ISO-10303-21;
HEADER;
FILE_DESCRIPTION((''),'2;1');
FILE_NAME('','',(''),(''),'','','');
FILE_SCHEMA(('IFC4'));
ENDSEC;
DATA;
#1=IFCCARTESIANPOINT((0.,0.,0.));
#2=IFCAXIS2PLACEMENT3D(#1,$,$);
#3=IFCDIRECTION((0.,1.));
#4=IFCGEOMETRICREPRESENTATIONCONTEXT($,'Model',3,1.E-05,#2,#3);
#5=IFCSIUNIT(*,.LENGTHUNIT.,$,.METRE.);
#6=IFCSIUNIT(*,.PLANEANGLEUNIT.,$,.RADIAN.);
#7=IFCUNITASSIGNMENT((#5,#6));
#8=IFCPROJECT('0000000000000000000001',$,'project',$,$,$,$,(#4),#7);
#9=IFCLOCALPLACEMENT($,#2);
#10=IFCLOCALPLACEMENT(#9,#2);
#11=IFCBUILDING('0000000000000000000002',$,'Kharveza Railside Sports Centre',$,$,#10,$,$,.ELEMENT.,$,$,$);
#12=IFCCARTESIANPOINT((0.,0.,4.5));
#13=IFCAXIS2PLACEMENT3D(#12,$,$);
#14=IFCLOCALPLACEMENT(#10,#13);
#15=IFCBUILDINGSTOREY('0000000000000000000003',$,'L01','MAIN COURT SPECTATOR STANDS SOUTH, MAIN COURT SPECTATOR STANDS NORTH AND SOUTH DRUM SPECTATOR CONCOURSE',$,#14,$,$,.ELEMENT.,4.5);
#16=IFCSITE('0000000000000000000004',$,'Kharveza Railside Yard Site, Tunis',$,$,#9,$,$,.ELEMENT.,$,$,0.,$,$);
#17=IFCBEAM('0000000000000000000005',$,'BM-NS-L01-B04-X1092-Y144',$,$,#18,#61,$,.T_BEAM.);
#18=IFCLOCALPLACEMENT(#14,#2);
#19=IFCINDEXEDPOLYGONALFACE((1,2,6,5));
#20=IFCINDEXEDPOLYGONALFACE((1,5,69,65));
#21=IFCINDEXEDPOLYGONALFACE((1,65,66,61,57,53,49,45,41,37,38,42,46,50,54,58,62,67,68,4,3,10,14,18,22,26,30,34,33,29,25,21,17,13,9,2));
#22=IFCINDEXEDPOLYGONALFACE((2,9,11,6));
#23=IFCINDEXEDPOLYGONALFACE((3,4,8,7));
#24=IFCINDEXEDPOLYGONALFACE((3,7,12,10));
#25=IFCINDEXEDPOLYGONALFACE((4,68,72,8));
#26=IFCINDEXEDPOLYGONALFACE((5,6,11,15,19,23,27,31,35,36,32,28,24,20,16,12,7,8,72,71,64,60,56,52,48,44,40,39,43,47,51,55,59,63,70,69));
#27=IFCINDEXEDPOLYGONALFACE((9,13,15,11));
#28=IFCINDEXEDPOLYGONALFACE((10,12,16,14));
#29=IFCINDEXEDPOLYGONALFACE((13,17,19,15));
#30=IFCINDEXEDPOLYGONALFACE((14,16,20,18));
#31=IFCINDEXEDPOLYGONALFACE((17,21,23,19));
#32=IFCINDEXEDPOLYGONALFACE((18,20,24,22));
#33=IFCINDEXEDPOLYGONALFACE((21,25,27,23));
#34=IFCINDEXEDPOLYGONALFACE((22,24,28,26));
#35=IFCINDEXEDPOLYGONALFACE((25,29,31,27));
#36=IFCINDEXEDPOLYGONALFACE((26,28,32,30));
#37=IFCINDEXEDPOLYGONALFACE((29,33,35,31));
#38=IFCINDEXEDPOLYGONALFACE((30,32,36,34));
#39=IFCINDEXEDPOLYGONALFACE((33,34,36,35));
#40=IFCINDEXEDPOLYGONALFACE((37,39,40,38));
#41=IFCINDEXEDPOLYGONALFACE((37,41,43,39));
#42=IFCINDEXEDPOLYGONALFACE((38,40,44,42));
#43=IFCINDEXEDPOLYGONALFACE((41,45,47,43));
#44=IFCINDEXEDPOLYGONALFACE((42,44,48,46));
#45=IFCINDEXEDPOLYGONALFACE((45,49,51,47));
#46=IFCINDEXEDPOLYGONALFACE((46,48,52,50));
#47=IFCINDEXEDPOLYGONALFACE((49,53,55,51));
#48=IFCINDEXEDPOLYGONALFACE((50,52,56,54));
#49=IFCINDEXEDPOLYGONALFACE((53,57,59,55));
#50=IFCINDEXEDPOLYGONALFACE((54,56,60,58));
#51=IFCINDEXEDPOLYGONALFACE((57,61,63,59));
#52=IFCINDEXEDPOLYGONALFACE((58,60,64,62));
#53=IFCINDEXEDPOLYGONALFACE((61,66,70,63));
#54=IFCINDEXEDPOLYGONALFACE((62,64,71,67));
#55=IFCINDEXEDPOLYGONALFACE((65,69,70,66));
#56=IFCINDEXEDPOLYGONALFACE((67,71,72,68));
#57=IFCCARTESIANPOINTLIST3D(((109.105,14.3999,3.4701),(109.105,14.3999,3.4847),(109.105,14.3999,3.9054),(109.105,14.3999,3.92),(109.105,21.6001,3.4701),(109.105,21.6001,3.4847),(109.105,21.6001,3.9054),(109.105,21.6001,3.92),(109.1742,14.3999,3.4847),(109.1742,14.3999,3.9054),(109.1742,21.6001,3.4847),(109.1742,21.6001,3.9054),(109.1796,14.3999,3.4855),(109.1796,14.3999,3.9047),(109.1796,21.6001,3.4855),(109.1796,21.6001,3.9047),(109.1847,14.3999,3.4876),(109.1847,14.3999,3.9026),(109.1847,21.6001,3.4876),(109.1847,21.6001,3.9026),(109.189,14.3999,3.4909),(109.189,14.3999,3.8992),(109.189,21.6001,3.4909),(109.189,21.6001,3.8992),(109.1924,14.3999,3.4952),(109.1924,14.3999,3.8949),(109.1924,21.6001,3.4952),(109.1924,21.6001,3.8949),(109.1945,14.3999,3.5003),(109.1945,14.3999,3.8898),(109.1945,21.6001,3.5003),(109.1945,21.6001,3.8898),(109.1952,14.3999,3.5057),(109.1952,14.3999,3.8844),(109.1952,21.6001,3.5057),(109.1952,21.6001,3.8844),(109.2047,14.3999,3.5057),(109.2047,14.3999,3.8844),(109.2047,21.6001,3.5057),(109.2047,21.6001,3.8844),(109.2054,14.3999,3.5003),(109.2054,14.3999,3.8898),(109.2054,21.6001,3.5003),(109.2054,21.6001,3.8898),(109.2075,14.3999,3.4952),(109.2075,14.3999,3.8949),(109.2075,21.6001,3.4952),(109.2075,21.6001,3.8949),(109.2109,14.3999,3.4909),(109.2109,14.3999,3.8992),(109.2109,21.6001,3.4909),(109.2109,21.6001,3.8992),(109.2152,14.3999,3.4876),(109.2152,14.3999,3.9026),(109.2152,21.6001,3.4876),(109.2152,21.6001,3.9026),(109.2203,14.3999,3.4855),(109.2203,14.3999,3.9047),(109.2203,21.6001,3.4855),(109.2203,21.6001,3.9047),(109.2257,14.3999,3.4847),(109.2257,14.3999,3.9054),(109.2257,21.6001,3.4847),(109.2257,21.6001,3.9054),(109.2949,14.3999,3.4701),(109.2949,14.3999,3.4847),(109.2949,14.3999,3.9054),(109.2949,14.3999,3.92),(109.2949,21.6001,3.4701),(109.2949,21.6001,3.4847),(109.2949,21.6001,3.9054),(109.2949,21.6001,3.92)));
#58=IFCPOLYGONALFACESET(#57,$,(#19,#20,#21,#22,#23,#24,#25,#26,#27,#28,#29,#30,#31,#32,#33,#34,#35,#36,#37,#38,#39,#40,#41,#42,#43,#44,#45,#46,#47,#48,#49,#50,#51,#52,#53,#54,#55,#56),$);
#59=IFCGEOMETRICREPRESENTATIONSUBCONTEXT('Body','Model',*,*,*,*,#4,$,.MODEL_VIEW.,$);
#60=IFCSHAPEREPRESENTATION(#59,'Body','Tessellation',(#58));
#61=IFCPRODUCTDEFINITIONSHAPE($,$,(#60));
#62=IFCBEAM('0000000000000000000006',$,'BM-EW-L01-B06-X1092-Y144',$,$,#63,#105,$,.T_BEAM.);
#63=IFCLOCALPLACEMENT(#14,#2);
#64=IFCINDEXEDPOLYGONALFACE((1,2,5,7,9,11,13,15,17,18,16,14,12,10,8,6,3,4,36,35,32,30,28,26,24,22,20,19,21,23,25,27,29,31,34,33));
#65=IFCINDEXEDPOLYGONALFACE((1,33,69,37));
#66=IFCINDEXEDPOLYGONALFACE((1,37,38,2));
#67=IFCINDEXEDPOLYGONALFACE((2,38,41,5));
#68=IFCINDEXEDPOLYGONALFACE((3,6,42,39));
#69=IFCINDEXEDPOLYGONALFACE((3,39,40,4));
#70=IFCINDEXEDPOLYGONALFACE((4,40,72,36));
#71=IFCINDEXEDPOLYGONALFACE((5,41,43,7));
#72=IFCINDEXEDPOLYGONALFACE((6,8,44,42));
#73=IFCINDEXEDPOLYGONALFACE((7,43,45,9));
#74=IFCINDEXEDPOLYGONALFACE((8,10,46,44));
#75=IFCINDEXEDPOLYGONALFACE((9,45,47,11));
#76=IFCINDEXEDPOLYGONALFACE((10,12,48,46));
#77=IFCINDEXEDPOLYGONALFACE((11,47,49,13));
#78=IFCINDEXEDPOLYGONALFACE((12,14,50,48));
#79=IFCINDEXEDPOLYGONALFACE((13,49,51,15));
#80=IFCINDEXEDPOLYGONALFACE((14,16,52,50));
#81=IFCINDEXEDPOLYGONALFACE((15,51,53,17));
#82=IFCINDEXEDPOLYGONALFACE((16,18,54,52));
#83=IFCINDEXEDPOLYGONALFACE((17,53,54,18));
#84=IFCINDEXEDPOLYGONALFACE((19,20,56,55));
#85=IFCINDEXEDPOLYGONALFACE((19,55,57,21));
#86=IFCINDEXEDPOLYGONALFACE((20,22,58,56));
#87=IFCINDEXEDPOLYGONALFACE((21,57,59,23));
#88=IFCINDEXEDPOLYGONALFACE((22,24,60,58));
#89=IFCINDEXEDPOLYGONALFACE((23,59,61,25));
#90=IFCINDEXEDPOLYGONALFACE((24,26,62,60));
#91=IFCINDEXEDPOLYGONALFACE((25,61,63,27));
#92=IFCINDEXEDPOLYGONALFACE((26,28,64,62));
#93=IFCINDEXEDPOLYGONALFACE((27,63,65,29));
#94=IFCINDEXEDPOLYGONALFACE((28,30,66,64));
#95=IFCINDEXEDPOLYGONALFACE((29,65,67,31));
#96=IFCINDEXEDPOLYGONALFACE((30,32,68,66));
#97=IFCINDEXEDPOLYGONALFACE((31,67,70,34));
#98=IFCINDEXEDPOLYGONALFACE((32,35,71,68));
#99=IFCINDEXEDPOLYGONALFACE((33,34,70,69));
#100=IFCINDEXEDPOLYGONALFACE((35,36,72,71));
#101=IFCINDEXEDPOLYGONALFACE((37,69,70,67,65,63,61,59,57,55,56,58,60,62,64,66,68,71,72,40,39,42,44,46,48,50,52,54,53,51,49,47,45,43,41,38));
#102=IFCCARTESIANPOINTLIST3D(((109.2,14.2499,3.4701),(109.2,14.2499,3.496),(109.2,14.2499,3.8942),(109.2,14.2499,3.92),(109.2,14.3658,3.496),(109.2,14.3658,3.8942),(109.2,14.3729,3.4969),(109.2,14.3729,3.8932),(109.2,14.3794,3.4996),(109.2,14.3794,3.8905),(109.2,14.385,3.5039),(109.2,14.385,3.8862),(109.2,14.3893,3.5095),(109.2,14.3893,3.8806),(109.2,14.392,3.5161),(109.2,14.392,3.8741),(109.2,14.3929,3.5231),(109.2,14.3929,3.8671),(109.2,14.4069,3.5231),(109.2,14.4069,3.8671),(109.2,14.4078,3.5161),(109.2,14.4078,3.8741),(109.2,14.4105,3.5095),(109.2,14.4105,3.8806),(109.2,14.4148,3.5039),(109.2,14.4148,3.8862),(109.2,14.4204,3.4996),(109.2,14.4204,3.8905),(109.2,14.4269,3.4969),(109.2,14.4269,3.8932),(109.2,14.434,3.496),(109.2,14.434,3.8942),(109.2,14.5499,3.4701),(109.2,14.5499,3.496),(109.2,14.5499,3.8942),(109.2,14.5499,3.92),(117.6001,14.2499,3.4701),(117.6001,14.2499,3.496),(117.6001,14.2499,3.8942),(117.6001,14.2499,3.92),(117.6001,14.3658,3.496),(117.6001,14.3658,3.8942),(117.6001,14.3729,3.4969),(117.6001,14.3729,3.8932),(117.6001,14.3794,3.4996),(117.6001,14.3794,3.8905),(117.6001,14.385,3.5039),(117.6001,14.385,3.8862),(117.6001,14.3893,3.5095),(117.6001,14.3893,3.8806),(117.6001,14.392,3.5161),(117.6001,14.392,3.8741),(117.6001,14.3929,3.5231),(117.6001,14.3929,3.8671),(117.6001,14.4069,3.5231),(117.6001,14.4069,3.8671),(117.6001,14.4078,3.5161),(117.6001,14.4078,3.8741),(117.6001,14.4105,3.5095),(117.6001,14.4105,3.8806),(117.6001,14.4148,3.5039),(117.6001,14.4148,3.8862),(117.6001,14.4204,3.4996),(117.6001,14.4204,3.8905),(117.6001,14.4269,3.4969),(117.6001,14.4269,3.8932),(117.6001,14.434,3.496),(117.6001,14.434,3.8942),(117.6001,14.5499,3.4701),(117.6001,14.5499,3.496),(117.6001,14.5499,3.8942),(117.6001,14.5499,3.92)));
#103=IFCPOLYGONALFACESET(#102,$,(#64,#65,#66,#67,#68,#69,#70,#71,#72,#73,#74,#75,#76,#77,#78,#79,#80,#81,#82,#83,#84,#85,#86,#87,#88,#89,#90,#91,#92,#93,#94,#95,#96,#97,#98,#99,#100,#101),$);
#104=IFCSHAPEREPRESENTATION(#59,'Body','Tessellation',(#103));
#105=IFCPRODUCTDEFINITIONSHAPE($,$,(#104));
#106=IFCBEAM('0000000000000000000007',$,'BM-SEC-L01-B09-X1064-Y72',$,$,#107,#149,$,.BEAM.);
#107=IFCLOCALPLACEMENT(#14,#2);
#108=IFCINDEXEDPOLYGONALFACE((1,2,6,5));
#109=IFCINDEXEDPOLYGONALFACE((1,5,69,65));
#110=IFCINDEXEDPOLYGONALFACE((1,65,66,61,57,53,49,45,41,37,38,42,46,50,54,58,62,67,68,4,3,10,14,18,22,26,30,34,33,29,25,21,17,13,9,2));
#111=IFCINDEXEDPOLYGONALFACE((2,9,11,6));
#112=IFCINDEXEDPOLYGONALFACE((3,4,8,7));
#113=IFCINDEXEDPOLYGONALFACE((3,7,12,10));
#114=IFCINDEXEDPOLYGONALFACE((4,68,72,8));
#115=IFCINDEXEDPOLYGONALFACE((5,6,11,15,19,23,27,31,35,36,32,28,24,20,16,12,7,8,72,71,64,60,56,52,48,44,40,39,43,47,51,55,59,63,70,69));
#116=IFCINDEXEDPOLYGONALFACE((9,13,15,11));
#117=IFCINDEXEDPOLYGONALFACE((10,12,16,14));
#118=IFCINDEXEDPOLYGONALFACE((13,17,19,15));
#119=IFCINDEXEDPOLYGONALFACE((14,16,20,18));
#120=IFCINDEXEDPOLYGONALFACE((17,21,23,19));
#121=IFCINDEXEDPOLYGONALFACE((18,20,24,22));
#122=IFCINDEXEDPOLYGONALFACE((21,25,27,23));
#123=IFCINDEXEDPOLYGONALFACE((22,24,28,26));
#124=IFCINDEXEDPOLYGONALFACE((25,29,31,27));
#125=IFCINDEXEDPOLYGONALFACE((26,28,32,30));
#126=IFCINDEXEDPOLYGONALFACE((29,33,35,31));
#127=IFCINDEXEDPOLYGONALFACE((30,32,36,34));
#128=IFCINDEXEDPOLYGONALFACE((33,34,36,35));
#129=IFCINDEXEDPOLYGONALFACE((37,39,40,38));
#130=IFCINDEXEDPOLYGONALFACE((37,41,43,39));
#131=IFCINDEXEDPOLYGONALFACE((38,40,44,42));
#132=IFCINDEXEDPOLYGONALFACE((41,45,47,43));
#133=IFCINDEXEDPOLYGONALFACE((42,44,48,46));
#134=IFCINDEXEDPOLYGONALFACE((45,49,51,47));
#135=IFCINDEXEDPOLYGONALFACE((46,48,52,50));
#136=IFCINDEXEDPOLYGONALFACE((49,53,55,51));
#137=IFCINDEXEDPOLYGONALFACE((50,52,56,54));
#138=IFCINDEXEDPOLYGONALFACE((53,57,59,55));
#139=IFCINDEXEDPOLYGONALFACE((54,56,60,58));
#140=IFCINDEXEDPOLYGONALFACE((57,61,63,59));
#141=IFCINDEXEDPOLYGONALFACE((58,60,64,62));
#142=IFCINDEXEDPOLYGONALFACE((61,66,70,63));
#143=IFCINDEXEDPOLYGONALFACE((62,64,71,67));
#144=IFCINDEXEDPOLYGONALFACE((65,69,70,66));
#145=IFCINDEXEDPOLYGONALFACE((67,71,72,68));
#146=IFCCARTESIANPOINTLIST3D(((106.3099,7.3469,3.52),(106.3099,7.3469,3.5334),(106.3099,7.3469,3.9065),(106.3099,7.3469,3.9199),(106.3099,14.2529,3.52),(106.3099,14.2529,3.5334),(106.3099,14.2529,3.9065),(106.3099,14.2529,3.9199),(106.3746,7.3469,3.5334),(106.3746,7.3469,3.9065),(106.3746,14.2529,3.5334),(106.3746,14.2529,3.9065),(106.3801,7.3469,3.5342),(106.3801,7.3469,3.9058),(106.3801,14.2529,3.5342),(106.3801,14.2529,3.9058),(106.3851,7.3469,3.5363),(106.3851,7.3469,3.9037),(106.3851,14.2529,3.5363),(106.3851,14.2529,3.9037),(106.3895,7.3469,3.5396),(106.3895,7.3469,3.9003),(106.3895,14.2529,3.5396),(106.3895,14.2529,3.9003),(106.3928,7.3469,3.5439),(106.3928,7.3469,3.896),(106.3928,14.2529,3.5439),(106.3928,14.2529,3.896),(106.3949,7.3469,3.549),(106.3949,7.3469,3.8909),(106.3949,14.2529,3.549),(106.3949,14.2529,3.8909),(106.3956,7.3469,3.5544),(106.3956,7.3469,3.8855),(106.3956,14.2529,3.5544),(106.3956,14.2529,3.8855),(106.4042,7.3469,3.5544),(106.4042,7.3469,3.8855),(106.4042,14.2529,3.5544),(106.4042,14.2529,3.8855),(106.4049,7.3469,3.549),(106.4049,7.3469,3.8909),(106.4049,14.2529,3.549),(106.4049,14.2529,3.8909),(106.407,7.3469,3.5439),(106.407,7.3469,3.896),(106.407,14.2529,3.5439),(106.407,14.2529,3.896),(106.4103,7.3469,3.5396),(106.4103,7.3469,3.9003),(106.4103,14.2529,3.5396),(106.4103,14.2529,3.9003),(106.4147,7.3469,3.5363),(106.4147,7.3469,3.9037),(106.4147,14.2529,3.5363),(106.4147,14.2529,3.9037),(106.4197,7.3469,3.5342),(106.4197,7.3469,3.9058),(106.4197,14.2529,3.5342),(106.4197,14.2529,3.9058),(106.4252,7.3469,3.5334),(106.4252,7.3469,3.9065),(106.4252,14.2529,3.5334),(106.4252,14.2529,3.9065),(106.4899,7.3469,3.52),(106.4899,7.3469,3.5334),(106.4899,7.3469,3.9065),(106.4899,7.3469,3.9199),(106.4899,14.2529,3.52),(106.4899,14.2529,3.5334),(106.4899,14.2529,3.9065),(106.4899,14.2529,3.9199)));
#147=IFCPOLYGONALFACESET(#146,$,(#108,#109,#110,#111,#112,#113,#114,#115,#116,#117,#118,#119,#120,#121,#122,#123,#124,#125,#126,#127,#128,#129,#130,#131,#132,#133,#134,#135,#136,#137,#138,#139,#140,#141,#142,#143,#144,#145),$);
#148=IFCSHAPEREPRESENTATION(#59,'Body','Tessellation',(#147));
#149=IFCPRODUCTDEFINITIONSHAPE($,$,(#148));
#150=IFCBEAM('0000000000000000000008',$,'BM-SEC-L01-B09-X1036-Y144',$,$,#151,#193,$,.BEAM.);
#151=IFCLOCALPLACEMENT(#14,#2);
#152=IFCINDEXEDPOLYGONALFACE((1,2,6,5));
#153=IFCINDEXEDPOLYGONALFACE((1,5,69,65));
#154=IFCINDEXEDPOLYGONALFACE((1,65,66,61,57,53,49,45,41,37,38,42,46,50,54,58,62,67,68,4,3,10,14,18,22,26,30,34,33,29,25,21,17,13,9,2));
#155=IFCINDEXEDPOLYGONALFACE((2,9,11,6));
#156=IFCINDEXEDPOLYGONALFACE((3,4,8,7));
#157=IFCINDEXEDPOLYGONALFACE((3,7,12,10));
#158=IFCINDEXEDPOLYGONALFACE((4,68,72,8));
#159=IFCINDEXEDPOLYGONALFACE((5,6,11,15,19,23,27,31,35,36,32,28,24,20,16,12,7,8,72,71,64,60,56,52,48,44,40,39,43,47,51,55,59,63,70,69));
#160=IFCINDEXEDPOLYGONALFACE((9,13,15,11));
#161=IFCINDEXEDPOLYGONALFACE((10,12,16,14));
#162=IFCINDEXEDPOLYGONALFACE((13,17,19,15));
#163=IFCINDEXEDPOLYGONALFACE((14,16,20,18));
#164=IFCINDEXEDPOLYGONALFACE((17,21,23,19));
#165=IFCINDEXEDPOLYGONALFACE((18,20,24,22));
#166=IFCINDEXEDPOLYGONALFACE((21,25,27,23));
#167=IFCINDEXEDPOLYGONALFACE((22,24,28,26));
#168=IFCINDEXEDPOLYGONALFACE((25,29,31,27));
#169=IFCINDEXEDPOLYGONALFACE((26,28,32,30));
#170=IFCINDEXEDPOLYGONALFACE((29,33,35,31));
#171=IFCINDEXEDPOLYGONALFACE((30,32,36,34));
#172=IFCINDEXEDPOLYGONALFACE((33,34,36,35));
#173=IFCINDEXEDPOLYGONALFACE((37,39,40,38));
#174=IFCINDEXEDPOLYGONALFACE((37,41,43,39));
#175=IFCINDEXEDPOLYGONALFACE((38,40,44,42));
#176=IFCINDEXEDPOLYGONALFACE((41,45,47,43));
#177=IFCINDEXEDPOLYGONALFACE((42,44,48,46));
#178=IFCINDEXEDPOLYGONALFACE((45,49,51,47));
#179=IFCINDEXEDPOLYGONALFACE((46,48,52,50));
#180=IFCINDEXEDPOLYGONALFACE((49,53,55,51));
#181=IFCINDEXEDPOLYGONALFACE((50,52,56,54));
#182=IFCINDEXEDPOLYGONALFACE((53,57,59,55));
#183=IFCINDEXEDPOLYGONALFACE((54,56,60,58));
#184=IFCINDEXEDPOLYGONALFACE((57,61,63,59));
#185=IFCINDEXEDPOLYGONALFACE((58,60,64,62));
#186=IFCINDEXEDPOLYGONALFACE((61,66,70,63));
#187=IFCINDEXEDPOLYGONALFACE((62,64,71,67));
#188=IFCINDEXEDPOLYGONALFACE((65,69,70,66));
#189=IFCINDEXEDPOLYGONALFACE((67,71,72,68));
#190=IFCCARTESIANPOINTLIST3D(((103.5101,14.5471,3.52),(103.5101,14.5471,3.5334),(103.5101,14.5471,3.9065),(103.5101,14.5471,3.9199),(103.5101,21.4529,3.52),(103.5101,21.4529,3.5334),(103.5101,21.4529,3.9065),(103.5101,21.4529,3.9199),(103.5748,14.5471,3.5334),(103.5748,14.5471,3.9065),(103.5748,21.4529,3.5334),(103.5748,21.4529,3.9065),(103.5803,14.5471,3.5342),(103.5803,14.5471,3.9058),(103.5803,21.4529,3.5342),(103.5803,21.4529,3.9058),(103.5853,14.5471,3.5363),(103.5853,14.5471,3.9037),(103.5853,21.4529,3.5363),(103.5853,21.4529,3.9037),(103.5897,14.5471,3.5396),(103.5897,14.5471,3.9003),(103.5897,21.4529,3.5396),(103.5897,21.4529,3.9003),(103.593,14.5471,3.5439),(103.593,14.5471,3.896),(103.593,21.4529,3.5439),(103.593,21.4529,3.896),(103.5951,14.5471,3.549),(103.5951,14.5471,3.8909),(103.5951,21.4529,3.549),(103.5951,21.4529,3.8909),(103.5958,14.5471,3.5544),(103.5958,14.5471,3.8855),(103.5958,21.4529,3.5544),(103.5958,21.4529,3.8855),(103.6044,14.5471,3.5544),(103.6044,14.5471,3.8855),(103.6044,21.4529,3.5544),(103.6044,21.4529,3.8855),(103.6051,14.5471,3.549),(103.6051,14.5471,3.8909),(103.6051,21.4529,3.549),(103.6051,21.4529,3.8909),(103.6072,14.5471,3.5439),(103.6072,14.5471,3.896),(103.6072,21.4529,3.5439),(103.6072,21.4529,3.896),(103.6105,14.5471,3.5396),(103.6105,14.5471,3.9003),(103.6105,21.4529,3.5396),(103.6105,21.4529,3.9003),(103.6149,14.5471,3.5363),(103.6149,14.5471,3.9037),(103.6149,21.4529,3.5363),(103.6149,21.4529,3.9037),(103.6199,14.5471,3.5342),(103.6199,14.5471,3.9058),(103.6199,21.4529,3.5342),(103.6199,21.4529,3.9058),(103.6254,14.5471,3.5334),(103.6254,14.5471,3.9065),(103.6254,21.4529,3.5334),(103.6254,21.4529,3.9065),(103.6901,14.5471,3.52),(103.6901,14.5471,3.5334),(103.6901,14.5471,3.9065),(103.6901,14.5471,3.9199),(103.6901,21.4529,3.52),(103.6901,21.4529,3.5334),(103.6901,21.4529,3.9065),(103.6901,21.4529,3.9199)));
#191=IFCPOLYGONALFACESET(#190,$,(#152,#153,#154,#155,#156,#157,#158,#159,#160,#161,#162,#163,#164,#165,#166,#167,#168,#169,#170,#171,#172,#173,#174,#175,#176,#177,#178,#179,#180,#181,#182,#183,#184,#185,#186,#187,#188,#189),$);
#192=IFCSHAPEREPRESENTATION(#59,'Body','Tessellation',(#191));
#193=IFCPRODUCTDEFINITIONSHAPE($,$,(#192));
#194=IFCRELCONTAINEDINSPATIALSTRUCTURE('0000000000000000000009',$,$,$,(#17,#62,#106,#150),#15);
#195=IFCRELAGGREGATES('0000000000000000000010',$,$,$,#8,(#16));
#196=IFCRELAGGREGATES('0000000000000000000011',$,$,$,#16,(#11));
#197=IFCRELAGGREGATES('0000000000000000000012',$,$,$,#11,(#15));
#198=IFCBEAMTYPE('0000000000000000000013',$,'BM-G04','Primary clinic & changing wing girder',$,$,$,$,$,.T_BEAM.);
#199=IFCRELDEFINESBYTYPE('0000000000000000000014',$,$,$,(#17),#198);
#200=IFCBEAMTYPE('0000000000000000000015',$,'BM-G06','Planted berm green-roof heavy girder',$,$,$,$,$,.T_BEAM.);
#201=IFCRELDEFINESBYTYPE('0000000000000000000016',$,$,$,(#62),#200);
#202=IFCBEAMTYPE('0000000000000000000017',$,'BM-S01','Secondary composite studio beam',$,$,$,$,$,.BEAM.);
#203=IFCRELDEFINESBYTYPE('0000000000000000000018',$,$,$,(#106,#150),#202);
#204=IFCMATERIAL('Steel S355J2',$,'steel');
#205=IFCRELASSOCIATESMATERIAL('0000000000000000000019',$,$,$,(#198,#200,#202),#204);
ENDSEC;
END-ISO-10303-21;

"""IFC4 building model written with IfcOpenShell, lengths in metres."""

from ifc_helpers import new_model, si_unit, direction, frame, origin, origin_2d, place, context, subcontext, project, spatial, i_section, extrude, material, material_profile, profile_set, type_object, element, save


model = new_model("IFC4")

# Units and contexts
model_context = context("Model", 3, precision=1e-05, world=origin(), true_north=direction((0.0, 1.0)))
body_context = subcontext(model_context, "Body", "Model", "MODEL_VIEW")
ifc_project = project(units=[si_unit("LENGTHUNIT", "METRE"), si_unit("PLANEANGLEUNIT", "RADIAN")], contexts=[model_context])

# Site, building, storey
site_placement = place(None, origin())
site = spatial("IfcSite", under=ifc_project, at=site_placement, Name="Kharveza Railside Yard Site, Tunis", CompositionType="ELEMENT", RefElevation=0.0)
building_placement = place(site_placement, origin())
building = spatial("IfcBuilding", under=site, at=building_placement, Name="Kharveza Railside Sports Centre", CompositionType="ELEMENT")
storey_placement = place(building_placement, frame((0.0, 0.0, 4.5)))
storey = spatial("IfcBuildingStorey", under=building, at=storey_placement, Name="L01", Description="MAIN COURT SPECTATOR STANDS SOUTH, MAIN COURT SPECTATOR STANDS NORTH AND SOUTH DRUM SPECTATOR CONCOURSE", CompositionType="ELEMENT", Elevation=4.5)

# Shared definitions
ifc_material_1 = material(Name="Steel S355J2", Category="steel")

# Beams
ifc_material_profile_1 = material_profile(ifc_material_1, i_section(OverallWidth=0.1899, OverallDepth=0.45, WebThickness=0.0095, FlangeThickness=0.0146, FilletRadius=0.021, at=origin_2d()), Name="IPE 450")
ifc_profile_set_1 = profile_set([ifc_material_profile_1], Name="Steel S355J2")
beam_type_1 = type_object("IfcBeamType", Name="BM-G04", Description="Primary clinic & changing wing girder", PredefinedType="T_BEAM", material=ifc_profile_set_1)
beam_1_placement = place(storey_placement, frame((109.2, 14.3999, 3.6951), z_axis=(0.0, 1.0, 0.0), x_axis=(-1.0, 0.0, 0.0)))
element("IfcBeam", 1, at=beam_1_placement, inside=storey, type_object=beam_type_1, Name="BM-NS-L01-B04-X1092-Y144", PredefinedType="T_BEAM", context=body_context, shape_type="SweptSolid", body=[
    extrude(i_section(OverallWidth=0.1899, OverallDepth=0.45, WebThickness=0.0095, FlangeThickness=0.0146, FilletRadius=0.021, at=origin_2d()), origin(), (0.0, 0.0, 1.0), 7.2002),
])
ifc_material_profile_2 = material_profile(ifc_material_1, i_section(OverallWidth=0.3, OverallDepth=0.45, WebThickness=0.0139, FlangeThickness=0.0259, FilletRadius=0.0271, at=origin_2d()), Name="HEB 450")
ifc_profile_set_2 = profile_set([ifc_material_profile_2], Name="Steel S355J2")
beam_type_2 = type_object("IfcBeamType", Name="BM-G06", Description="Planted berm green-roof heavy girder", PredefinedType="T_BEAM", material=ifc_profile_set_2)
beam_2_placement = place(storey_placement, frame((109.2, 14.3999, 3.6951), z_axis=(1.0, 0.0, 0.0), x_axis=(0.0, 1.0, 0.0)))
element("IfcBeam", 2, at=beam_2_placement, inside=storey, type_object=beam_type_2, Name="BM-EW-L01-B06-X1092-Y144", PredefinedType="T_BEAM", context=body_context, shape_type="SweptSolid", body=[
    extrude(i_section(OverallWidth=0.3, OverallDepth=0.45, WebThickness=0.0139, FlangeThickness=0.0259, FilletRadius=0.0271, at=origin_2d()), origin(), (0.0, 0.0, 1.0), 8.4001),
])
ifc_material_profile_3 = material_profile(ifc_material_1, i_section(OverallWidth=0.1799, OverallDepth=0.3999, WebThickness=0.0085, FlangeThickness=0.0134, FilletRadius=0.021, at=origin_2d()), Name="IPE 400")
ifc_profile_set_3 = profile_set([ifc_material_profile_3], Name="Steel S355J2")
beam_type_3 = type_object("IfcBeamType", Name="BM-S01", Description="Secondary composite studio beam", PredefinedType="BEAM", material=ifc_profile_set_3)
beam_3_placement = place(storey_placement, frame((106.3999, 7.3469, 3.72), z_axis=(0.0, 1.0, 0.0), x_axis=(-1.0, 0.0, 0.0)))
element("IfcBeam", 3, at=beam_3_placement, inside=storey, type_object=beam_type_3, Name="BM-SEC-L01-B09-X1064-Y72", PredefinedType="BEAM", context=body_context, shape_type="SweptSolid", body=[
    extrude(i_section(OverallWidth=0.1799, OverallDepth=0.3999, WebThickness=0.0085, FlangeThickness=0.0134, FilletRadius=0.021, at=origin_2d()), origin(), (0.0, 0.0, 1.0), 6.906),
])
beam_4_placement = place(storey_placement, frame((103.6001, 14.5471, 3.72), z_axis=(0.0, 1.0, 0.0), x_axis=(-1.0, 0.0, 0.0)))
element("IfcBeam", 4, at=beam_4_placement, inside=storey, type_object=beam_type_3, Name="BM-SEC-L01-B09-X1036-Y144", PredefinedType="BEAM", context=body_context, shape_type="SweptSolid", body=[
    extrude(i_section(OverallWidth=0.1799, OverallDepth=0.3999, WebThickness=0.0085, FlangeThickness=0.0134, FilletRadius=0.021, at=origin_2d()), origin(), (0.0, 0.0, 1.0), 6.9058),
])

save(model, "model.ifc")
